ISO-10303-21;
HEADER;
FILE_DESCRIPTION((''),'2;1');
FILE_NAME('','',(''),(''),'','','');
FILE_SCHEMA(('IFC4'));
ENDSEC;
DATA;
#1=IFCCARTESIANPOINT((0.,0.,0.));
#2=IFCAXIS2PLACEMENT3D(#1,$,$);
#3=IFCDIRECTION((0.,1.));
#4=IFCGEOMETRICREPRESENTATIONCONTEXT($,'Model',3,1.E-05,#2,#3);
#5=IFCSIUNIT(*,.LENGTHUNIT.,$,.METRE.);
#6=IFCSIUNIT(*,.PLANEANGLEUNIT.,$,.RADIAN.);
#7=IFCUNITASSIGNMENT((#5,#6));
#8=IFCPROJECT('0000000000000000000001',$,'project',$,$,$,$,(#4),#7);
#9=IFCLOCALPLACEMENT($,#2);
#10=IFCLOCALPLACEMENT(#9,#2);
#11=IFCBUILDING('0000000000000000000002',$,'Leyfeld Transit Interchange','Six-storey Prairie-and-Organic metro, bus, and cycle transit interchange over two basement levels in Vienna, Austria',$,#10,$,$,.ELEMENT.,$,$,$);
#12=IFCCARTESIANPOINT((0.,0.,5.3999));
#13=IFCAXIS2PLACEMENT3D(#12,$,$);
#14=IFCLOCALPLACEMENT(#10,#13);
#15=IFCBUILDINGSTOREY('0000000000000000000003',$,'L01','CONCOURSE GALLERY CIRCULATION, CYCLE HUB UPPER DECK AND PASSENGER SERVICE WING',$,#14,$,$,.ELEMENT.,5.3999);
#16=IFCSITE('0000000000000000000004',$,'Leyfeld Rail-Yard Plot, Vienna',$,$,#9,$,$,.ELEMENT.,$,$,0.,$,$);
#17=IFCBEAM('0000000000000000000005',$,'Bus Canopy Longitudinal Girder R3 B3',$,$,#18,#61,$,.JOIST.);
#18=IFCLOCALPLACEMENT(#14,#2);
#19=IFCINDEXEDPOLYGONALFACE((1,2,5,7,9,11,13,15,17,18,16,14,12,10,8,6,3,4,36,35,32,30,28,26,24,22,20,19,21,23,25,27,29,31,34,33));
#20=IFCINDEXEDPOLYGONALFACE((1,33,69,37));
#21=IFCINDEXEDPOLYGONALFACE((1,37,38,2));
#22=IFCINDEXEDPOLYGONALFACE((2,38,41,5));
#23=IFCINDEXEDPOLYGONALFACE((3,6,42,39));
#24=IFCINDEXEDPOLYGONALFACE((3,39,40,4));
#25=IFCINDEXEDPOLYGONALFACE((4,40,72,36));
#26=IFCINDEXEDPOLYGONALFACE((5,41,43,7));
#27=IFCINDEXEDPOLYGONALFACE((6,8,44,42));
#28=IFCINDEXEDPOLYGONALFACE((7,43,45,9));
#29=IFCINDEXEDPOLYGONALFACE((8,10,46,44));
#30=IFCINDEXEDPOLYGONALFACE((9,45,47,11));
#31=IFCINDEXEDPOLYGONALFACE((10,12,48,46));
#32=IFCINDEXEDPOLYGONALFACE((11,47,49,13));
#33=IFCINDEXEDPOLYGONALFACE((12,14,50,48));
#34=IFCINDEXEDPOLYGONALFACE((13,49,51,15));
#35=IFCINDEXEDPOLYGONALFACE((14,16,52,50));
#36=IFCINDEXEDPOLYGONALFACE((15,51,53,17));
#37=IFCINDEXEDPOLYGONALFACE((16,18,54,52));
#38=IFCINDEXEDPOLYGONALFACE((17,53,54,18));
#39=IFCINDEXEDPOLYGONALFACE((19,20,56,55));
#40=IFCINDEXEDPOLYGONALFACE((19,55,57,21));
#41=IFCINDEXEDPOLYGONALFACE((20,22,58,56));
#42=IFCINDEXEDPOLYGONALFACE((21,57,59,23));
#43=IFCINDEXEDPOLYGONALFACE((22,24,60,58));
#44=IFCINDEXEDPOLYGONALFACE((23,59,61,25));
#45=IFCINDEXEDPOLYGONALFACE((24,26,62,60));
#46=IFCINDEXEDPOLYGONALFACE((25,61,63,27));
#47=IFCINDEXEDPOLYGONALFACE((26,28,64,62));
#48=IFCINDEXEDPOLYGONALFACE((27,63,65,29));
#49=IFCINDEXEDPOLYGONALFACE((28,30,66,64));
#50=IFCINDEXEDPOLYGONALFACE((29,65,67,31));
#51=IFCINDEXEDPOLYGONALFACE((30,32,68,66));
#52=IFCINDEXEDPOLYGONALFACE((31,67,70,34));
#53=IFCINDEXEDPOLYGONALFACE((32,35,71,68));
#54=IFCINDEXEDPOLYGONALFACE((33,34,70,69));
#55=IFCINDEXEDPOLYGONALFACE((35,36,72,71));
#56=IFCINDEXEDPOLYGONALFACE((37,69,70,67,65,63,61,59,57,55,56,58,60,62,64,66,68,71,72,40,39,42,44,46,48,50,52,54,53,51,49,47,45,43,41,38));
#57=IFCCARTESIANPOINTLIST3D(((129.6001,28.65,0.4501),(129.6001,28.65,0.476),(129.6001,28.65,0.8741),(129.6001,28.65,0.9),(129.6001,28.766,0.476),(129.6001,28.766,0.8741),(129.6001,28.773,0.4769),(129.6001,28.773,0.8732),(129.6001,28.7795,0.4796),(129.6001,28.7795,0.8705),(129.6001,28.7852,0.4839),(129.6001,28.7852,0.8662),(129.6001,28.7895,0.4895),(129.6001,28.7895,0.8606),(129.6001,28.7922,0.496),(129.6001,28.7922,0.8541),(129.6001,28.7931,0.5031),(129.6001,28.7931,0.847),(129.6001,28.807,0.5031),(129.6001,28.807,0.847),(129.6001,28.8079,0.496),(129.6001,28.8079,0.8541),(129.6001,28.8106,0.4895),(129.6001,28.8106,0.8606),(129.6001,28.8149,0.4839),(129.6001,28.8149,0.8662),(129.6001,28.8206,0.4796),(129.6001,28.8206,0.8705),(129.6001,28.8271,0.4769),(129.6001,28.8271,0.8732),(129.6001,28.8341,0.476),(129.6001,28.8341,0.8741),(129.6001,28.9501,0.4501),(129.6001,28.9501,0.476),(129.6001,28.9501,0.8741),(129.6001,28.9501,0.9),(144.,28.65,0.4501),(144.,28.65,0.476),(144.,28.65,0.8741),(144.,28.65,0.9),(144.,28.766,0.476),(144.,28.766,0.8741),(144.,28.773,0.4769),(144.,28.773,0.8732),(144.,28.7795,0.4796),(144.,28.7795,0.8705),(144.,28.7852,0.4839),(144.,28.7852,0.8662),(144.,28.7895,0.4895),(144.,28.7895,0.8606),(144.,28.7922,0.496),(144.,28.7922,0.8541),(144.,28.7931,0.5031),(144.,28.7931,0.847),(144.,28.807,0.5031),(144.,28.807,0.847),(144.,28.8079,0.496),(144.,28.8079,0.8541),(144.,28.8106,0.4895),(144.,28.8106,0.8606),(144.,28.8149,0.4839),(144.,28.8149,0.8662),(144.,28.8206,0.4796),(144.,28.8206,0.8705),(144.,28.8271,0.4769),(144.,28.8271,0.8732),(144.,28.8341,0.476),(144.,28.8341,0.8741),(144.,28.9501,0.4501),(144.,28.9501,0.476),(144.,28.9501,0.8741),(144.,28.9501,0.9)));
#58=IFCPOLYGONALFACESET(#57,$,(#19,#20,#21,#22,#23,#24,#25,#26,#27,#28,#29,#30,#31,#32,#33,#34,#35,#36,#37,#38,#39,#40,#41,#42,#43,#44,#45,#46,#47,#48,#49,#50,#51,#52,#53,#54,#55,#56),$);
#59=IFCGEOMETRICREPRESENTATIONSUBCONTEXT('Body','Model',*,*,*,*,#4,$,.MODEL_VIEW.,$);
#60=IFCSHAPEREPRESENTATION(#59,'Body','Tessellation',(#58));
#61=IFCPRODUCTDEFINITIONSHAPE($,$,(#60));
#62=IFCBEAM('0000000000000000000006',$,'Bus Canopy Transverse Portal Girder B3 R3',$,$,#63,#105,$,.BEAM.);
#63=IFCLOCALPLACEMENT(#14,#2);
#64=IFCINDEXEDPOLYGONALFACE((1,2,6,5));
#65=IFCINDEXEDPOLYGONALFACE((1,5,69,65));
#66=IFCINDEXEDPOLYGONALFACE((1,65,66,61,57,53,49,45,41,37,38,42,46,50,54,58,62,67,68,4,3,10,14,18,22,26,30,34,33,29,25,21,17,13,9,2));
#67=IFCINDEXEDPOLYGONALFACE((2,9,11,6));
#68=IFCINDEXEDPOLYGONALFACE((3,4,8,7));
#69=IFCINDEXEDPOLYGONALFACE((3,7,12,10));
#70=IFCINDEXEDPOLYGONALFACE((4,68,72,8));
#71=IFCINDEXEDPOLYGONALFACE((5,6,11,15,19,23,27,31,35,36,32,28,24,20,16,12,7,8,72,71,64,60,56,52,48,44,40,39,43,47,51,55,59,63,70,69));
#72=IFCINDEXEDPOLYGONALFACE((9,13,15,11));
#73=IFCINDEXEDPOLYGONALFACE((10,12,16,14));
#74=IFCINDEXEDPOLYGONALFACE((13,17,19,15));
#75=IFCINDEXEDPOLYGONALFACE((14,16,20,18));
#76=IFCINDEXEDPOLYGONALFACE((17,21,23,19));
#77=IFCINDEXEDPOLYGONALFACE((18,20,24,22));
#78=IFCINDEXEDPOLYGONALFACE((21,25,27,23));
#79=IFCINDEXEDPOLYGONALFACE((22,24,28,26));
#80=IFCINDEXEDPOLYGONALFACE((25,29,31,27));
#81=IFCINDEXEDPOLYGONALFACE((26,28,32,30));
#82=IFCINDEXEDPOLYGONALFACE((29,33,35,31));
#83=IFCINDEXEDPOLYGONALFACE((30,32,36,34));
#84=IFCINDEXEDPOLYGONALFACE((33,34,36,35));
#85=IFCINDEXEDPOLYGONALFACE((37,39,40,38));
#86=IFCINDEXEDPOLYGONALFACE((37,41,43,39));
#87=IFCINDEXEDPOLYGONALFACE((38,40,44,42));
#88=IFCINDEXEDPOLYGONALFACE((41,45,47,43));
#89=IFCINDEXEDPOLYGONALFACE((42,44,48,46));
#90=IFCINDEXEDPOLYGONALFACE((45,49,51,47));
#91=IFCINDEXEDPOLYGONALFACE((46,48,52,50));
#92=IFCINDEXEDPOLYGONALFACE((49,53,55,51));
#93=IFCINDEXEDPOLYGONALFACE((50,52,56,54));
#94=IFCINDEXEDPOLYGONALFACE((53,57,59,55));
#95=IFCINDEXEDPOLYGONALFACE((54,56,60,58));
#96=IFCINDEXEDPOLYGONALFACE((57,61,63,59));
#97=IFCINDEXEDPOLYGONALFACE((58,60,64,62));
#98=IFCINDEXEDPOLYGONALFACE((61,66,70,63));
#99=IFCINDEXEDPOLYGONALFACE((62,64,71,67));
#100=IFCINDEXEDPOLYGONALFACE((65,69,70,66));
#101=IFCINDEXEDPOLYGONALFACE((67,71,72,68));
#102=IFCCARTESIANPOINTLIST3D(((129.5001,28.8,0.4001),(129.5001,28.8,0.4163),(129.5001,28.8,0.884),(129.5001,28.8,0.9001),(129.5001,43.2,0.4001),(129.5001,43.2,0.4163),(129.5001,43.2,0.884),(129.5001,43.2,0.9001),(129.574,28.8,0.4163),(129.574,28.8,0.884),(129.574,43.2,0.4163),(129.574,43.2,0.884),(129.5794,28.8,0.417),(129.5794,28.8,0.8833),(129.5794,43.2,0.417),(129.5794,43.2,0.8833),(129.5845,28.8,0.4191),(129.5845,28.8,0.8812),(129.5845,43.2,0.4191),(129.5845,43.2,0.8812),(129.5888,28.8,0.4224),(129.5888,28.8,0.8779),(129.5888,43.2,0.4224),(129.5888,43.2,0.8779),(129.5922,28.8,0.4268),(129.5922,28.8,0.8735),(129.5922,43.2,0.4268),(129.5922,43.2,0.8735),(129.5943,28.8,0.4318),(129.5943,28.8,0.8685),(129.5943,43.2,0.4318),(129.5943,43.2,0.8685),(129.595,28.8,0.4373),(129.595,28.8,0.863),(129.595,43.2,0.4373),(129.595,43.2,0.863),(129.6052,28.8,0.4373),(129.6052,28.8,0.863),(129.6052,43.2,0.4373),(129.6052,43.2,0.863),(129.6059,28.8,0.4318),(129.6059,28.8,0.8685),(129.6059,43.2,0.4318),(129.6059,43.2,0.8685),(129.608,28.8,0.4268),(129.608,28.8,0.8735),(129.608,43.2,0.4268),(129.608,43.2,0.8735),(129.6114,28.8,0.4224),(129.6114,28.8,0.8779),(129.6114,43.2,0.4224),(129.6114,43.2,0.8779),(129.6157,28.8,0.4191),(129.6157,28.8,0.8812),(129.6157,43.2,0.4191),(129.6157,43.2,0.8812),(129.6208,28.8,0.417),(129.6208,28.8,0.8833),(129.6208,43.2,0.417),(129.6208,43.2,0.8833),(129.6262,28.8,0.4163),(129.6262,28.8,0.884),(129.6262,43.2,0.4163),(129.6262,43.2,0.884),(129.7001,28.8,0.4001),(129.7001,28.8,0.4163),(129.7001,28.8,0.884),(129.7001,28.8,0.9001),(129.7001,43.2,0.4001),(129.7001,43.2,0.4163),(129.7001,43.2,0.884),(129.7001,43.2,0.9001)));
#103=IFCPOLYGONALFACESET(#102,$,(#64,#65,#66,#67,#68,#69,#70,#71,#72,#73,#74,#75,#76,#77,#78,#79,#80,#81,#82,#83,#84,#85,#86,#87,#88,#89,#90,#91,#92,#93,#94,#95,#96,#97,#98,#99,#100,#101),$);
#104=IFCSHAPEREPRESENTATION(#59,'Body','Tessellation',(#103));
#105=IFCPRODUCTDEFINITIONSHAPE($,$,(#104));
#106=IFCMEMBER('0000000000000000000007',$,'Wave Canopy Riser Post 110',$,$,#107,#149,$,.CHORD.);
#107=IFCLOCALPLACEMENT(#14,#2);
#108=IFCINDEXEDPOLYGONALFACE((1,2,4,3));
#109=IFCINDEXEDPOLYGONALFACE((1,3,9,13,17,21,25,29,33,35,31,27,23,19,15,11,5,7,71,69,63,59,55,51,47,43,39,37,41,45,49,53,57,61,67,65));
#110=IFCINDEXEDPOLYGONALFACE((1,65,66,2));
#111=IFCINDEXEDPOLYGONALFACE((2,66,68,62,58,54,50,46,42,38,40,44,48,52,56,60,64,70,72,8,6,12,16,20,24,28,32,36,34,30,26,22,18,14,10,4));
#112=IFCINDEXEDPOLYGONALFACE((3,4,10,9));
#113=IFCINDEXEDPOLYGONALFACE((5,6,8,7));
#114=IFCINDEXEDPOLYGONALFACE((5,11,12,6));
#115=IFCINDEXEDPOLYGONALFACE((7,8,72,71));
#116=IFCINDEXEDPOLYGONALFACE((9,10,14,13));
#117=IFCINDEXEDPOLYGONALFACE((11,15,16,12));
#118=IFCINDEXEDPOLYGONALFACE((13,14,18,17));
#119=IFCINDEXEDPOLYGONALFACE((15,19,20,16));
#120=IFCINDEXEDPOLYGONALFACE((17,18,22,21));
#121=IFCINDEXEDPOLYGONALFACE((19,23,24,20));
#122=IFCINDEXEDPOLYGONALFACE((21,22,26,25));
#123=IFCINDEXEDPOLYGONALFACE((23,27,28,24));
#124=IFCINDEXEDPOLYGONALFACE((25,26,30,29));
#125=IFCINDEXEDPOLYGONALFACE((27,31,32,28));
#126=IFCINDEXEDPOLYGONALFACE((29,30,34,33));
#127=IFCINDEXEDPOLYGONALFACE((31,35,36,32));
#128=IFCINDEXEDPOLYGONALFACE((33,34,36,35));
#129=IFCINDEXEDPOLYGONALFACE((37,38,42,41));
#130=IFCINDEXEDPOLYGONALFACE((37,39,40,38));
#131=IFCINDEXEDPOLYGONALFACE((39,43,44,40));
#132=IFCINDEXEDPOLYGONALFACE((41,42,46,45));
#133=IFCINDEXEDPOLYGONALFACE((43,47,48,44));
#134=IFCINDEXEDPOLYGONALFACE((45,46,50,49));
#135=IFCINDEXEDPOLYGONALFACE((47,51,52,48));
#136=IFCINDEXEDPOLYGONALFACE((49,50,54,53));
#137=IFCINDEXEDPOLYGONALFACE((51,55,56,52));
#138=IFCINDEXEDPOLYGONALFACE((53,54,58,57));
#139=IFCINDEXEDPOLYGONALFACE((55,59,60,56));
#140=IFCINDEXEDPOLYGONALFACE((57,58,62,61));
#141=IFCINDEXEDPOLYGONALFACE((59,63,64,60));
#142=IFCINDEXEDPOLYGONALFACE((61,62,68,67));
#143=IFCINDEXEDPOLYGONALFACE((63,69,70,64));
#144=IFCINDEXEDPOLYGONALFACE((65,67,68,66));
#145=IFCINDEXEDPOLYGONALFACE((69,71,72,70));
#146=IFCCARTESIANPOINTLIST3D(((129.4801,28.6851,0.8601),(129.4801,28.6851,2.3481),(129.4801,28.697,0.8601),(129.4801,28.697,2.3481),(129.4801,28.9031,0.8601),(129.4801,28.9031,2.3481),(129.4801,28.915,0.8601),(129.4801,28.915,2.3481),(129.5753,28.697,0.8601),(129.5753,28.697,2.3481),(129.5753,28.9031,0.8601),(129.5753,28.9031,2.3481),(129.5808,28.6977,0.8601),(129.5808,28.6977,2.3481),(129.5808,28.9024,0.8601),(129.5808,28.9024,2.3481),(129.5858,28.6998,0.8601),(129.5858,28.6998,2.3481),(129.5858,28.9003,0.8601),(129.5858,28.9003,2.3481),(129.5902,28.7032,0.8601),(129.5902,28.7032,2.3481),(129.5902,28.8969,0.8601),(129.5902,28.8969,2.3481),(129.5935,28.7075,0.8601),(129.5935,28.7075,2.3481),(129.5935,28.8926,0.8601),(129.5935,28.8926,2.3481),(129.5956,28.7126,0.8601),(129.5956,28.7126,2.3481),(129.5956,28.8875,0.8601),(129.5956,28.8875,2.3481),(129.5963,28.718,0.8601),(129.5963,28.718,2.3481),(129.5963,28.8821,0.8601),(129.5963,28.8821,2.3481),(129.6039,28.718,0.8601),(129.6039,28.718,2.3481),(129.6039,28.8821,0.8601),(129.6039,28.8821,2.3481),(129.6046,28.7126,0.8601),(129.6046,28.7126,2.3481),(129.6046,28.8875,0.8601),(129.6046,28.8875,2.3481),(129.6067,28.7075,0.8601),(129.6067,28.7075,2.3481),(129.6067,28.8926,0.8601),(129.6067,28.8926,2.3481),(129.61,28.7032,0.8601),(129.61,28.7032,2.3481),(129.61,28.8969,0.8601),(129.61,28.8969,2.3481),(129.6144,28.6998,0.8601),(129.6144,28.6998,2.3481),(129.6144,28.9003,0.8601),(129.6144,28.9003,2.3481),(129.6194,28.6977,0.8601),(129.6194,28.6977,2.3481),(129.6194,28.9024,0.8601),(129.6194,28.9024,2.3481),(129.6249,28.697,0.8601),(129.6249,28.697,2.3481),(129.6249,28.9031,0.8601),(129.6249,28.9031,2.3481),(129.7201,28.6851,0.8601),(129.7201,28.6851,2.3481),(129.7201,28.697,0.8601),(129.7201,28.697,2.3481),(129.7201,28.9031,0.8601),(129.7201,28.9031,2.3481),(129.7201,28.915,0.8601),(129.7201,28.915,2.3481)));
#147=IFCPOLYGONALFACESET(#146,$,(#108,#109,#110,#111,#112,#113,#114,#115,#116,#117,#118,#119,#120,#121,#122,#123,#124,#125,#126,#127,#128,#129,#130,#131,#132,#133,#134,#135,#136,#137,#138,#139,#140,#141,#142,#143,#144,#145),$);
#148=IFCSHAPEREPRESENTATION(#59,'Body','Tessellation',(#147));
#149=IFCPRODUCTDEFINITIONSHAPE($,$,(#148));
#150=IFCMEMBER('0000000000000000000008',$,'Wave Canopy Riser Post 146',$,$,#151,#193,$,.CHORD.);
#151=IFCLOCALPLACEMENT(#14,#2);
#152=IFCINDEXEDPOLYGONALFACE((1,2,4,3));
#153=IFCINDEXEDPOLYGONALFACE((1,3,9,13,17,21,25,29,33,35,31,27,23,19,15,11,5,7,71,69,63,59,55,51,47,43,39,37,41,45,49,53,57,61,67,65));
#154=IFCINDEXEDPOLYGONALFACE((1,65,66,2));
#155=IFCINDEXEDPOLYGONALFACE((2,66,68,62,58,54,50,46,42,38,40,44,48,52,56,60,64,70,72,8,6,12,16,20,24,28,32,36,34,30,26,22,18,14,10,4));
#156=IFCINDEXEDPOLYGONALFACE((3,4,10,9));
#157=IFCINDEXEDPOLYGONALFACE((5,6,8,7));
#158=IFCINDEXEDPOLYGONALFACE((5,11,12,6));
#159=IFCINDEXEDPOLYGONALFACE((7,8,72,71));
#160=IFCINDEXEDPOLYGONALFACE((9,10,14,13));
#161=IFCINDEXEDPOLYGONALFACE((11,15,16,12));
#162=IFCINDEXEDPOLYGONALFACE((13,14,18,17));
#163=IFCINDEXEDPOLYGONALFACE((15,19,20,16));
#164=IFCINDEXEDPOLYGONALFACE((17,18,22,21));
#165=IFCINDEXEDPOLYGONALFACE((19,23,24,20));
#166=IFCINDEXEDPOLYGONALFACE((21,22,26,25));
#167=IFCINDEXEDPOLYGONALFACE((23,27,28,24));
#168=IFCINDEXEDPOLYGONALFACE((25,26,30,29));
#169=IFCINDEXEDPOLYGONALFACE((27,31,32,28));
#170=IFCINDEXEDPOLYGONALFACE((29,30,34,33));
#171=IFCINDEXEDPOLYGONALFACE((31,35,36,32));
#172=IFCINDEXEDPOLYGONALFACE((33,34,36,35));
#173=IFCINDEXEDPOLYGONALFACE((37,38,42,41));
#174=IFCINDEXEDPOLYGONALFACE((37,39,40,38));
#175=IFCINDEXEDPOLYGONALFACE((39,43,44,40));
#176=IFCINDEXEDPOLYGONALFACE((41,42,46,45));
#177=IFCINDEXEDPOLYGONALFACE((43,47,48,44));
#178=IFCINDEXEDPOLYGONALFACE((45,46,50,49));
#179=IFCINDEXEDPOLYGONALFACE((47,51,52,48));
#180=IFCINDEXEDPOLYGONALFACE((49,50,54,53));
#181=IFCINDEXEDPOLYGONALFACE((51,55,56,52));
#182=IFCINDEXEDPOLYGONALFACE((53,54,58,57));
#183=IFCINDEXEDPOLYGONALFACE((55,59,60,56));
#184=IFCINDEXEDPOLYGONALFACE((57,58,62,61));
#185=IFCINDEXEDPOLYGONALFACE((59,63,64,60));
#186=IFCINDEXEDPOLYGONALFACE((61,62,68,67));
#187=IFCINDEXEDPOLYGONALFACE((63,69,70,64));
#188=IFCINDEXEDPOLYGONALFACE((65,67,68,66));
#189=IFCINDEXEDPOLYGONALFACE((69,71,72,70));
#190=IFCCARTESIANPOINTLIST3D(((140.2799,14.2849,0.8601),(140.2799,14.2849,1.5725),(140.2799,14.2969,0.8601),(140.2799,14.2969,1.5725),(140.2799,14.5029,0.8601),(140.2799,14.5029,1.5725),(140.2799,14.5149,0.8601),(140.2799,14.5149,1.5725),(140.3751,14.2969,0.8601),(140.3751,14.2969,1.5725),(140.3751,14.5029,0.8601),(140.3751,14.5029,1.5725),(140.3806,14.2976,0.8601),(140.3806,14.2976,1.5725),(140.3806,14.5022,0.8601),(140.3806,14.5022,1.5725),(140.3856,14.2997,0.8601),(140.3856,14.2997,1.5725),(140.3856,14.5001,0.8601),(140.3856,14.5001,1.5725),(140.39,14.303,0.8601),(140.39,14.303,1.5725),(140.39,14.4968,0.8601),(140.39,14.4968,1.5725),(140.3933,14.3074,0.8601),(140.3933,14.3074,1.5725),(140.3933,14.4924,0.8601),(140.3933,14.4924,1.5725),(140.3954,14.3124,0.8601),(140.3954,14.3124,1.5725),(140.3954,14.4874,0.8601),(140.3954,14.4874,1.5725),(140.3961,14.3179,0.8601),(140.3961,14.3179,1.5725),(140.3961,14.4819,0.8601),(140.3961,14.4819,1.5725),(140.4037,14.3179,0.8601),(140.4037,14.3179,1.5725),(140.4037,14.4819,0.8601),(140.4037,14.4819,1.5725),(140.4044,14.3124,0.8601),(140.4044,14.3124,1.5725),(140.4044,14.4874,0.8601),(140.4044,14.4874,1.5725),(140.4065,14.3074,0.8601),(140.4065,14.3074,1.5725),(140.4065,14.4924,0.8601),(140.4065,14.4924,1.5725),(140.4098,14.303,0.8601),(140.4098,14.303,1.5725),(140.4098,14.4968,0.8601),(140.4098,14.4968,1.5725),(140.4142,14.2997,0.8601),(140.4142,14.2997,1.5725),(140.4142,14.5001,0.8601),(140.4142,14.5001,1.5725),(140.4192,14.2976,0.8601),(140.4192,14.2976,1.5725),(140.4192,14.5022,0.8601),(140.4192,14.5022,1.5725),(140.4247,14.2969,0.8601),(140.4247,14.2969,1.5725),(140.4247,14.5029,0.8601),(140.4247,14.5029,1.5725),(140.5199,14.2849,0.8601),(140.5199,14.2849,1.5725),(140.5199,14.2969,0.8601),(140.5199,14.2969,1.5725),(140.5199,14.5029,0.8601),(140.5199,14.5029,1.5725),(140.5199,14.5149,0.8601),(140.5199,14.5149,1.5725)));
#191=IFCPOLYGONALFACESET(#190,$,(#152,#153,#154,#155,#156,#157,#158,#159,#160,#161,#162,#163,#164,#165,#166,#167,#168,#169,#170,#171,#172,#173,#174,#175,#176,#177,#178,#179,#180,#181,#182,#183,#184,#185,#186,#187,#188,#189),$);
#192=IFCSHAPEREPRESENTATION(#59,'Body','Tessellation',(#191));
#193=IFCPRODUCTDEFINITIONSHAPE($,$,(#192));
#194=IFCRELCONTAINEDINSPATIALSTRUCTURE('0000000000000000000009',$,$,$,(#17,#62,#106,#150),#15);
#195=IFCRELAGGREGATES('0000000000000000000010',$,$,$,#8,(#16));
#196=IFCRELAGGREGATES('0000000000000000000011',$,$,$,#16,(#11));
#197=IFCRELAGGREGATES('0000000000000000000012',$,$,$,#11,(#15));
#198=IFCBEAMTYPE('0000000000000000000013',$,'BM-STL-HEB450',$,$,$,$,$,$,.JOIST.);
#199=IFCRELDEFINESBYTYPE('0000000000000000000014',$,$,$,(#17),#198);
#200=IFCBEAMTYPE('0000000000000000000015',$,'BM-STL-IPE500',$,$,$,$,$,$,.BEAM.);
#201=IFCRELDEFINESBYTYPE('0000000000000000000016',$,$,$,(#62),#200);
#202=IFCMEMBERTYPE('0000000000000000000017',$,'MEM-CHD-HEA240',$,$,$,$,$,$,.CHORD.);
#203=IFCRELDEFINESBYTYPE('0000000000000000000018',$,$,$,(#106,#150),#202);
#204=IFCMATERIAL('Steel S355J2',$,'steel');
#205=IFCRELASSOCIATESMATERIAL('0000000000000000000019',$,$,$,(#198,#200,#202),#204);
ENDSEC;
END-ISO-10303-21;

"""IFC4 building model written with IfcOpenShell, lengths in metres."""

from ifc_helpers import new_model, si_unit, direction, frame, origin, origin_2d, place, context, subcontext, project, spatial, i_section, extrude, material, material_profile, profile_set, type_object, element, save


model = new_model("IFC4")

# Units and contexts
model_context = context("Model", 3, precision=1e-05, world=origin(), true_north=direction((0.0, 1.0)))
body_context = subcontext(model_context, "Body", "Model", "MODEL_VIEW")
ifc_project = project(units=[si_unit("LENGTHUNIT", "METRE"), si_unit("PLANEANGLEUNIT", "RADIAN")], contexts=[model_context])

# Site, building, storey
site_placement = place(None, origin())
site = spatial("IfcSite", under=ifc_project, at=site_placement, Name="Leyfeld Rail-Yard Plot, Vienna", CompositionType="ELEMENT", RefElevation=0.0)
building_placement = place(site_placement, origin())
building = spatial("IfcBuilding", under=site, at=building_placement, Name="Leyfeld Transit Interchange", Description="Six-storey Prairie-and-Organic metro, bus, and cycle transit interchange over two basement levels in Vienna, Austria", CompositionType="ELEMENT")
storey_placement = place(building_placement, frame((0.0, 0.0, 5.3999)))
storey = spatial("IfcBuildingStorey", under=building, at=storey_placement, Name="L01", Description="CONCOURSE GALLERY CIRCULATION, CYCLE HUB UPPER DECK AND PASSENGER SERVICE WING", CompositionType="ELEMENT", Elevation=5.3999)

# Beams
ifc_material_1 = material(Name="Steel S355J2", Category="steel")
ifc_material_profile_1 = material_profile(ifc_material_1, i_section(OverallWidth=0.3, OverallDepth=0.45, WebThickness=0.0139, FlangeThickness=0.0259, FilletRadius=0.0271, at=origin_2d()), Name="HEB 450")
ifc_profile_set_1 = profile_set([ifc_material_profile_1], Name="Steel S355J2")
beam_type_1 = type_object("IfcBeamType", Name="BM-STL-HEB450", PredefinedType="JOIST", material=ifc_profile_set_1)
beam_1_placement = place(storey_placement, frame((129.6001, 28.8, 0.675), z_axis=(1.0, 0.0, 0.0), x_axis=(0.0, 1.0, 0.0)))
element("IfcBeam", 1, at=beam_1_placement, inside=storey, type_object=beam_type_1, Name="Bus Canopy Longitudinal Girder R3 B3", PredefinedType="JOIST", context=body_context, shape_type="SweptSolid", body=[
    extrude(i_section(OverallWidth=0.3, OverallDepth=0.45, WebThickness=0.0139, FlangeThickness=0.0259, FilletRadius=0.0271, at=origin_2d()), origin(), (0.0, 0.0, 1.0), 14.3999),
])
ifc_material_profile_2 = material_profile(ifc_material_1, i_section(OverallWidth=0.2, OverallDepth=0.5, WebThickness=0.0103, FlangeThickness=0.0161, FilletRadius=0.021, at=origin_2d()), Name="IPE 500")
ifc_profile_set_2 = profile_set([ifc_material_profile_2], Name="Steel S355J2")
beam_type_2 = type_object("IfcBeamType", Name="BM-STL-IPE500", PredefinedType="BEAM", material=ifc_profile_set_2)
beam_2_placement = place(storey_placement, frame((129.6001, 28.8, 0.6501), z_axis=(0.0, 1.0, 0.0), x_axis=(-1.0, 0.0, 0.0)))
element("IfcBeam", 2, at=beam_2_placement, inside=storey, type_object=beam_type_2, Name="Bus Canopy Transverse Portal Girder B3 R3", PredefinedType="BEAM", context=body_context, shape_type="SweptSolid", body=[
    extrude(i_section(OverallWidth=0.2, OverallDepth=0.5, WebThickness=0.0103, FlangeThickness=0.0161, FilletRadius=0.021, at=origin_2d()), origin(), (0.0, 0.0, 1.0), 14.3999),
])

# Members
ifc_material_profile_3 = material_profile(ifc_material_1, i_section(OverallWidth=0.24, OverallDepth=0.23, WebThickness=0.0076, FlangeThickness=0.012, FilletRadius=0.021, at=origin_2d()), Name="HEA 240")
ifc_profile_set_3 = profile_set([ifc_material_profile_3], Name="Steel S355J2")
member_type_1 = type_object("IfcMemberType", Name="MEM-CHD-HEA240", PredefinedType="CHORD", material=ifc_profile_set_3)
member_1_placement = place(storey_placement, frame((129.6001, 28.8, 0.8601), z_axis=(0.0, 0.0, 1.0), x_axis=(1.0, 0.0, 0.0)))
element("IfcMember", 3, at=member_1_placement, inside=storey, type_object=member_type_1, Name="Wave Canopy Riser Post 110", PredefinedType="CHORD", context=body_context, shape_type="SweptSolid", body=[
    extrude(i_section(OverallWidth=0.24, OverallDepth=0.23, WebThickness=0.0076, FlangeThickness=0.012, FilletRadius=0.021, at=origin_2d()), origin(), (0.0, 0.0, 1.0), 1.488),
])
member_2_placement = place(storey_placement, frame((140.3999, 14.3999, 0.8601), z_axis=(0.0, 0.0, 1.0), x_axis=(1.0, 0.0, 0.0)))
element("IfcMember", 4, at=member_2_placement, inside=storey, type_object=member_type_1, Name="Wave Canopy Riser Post 146", PredefinedType="CHORD", context=body_context, shape_type="SweptSolid", body=[
    extrude(i_section(OverallWidth=0.24, OverallDepth=0.23, WebThickness=0.0076, FlangeThickness=0.012, FilletRadius=0.021, at=origin_2d()), origin(), (0.0, 0.0, 1.0), 0.7124),
])

save(model, "model.ifc")
